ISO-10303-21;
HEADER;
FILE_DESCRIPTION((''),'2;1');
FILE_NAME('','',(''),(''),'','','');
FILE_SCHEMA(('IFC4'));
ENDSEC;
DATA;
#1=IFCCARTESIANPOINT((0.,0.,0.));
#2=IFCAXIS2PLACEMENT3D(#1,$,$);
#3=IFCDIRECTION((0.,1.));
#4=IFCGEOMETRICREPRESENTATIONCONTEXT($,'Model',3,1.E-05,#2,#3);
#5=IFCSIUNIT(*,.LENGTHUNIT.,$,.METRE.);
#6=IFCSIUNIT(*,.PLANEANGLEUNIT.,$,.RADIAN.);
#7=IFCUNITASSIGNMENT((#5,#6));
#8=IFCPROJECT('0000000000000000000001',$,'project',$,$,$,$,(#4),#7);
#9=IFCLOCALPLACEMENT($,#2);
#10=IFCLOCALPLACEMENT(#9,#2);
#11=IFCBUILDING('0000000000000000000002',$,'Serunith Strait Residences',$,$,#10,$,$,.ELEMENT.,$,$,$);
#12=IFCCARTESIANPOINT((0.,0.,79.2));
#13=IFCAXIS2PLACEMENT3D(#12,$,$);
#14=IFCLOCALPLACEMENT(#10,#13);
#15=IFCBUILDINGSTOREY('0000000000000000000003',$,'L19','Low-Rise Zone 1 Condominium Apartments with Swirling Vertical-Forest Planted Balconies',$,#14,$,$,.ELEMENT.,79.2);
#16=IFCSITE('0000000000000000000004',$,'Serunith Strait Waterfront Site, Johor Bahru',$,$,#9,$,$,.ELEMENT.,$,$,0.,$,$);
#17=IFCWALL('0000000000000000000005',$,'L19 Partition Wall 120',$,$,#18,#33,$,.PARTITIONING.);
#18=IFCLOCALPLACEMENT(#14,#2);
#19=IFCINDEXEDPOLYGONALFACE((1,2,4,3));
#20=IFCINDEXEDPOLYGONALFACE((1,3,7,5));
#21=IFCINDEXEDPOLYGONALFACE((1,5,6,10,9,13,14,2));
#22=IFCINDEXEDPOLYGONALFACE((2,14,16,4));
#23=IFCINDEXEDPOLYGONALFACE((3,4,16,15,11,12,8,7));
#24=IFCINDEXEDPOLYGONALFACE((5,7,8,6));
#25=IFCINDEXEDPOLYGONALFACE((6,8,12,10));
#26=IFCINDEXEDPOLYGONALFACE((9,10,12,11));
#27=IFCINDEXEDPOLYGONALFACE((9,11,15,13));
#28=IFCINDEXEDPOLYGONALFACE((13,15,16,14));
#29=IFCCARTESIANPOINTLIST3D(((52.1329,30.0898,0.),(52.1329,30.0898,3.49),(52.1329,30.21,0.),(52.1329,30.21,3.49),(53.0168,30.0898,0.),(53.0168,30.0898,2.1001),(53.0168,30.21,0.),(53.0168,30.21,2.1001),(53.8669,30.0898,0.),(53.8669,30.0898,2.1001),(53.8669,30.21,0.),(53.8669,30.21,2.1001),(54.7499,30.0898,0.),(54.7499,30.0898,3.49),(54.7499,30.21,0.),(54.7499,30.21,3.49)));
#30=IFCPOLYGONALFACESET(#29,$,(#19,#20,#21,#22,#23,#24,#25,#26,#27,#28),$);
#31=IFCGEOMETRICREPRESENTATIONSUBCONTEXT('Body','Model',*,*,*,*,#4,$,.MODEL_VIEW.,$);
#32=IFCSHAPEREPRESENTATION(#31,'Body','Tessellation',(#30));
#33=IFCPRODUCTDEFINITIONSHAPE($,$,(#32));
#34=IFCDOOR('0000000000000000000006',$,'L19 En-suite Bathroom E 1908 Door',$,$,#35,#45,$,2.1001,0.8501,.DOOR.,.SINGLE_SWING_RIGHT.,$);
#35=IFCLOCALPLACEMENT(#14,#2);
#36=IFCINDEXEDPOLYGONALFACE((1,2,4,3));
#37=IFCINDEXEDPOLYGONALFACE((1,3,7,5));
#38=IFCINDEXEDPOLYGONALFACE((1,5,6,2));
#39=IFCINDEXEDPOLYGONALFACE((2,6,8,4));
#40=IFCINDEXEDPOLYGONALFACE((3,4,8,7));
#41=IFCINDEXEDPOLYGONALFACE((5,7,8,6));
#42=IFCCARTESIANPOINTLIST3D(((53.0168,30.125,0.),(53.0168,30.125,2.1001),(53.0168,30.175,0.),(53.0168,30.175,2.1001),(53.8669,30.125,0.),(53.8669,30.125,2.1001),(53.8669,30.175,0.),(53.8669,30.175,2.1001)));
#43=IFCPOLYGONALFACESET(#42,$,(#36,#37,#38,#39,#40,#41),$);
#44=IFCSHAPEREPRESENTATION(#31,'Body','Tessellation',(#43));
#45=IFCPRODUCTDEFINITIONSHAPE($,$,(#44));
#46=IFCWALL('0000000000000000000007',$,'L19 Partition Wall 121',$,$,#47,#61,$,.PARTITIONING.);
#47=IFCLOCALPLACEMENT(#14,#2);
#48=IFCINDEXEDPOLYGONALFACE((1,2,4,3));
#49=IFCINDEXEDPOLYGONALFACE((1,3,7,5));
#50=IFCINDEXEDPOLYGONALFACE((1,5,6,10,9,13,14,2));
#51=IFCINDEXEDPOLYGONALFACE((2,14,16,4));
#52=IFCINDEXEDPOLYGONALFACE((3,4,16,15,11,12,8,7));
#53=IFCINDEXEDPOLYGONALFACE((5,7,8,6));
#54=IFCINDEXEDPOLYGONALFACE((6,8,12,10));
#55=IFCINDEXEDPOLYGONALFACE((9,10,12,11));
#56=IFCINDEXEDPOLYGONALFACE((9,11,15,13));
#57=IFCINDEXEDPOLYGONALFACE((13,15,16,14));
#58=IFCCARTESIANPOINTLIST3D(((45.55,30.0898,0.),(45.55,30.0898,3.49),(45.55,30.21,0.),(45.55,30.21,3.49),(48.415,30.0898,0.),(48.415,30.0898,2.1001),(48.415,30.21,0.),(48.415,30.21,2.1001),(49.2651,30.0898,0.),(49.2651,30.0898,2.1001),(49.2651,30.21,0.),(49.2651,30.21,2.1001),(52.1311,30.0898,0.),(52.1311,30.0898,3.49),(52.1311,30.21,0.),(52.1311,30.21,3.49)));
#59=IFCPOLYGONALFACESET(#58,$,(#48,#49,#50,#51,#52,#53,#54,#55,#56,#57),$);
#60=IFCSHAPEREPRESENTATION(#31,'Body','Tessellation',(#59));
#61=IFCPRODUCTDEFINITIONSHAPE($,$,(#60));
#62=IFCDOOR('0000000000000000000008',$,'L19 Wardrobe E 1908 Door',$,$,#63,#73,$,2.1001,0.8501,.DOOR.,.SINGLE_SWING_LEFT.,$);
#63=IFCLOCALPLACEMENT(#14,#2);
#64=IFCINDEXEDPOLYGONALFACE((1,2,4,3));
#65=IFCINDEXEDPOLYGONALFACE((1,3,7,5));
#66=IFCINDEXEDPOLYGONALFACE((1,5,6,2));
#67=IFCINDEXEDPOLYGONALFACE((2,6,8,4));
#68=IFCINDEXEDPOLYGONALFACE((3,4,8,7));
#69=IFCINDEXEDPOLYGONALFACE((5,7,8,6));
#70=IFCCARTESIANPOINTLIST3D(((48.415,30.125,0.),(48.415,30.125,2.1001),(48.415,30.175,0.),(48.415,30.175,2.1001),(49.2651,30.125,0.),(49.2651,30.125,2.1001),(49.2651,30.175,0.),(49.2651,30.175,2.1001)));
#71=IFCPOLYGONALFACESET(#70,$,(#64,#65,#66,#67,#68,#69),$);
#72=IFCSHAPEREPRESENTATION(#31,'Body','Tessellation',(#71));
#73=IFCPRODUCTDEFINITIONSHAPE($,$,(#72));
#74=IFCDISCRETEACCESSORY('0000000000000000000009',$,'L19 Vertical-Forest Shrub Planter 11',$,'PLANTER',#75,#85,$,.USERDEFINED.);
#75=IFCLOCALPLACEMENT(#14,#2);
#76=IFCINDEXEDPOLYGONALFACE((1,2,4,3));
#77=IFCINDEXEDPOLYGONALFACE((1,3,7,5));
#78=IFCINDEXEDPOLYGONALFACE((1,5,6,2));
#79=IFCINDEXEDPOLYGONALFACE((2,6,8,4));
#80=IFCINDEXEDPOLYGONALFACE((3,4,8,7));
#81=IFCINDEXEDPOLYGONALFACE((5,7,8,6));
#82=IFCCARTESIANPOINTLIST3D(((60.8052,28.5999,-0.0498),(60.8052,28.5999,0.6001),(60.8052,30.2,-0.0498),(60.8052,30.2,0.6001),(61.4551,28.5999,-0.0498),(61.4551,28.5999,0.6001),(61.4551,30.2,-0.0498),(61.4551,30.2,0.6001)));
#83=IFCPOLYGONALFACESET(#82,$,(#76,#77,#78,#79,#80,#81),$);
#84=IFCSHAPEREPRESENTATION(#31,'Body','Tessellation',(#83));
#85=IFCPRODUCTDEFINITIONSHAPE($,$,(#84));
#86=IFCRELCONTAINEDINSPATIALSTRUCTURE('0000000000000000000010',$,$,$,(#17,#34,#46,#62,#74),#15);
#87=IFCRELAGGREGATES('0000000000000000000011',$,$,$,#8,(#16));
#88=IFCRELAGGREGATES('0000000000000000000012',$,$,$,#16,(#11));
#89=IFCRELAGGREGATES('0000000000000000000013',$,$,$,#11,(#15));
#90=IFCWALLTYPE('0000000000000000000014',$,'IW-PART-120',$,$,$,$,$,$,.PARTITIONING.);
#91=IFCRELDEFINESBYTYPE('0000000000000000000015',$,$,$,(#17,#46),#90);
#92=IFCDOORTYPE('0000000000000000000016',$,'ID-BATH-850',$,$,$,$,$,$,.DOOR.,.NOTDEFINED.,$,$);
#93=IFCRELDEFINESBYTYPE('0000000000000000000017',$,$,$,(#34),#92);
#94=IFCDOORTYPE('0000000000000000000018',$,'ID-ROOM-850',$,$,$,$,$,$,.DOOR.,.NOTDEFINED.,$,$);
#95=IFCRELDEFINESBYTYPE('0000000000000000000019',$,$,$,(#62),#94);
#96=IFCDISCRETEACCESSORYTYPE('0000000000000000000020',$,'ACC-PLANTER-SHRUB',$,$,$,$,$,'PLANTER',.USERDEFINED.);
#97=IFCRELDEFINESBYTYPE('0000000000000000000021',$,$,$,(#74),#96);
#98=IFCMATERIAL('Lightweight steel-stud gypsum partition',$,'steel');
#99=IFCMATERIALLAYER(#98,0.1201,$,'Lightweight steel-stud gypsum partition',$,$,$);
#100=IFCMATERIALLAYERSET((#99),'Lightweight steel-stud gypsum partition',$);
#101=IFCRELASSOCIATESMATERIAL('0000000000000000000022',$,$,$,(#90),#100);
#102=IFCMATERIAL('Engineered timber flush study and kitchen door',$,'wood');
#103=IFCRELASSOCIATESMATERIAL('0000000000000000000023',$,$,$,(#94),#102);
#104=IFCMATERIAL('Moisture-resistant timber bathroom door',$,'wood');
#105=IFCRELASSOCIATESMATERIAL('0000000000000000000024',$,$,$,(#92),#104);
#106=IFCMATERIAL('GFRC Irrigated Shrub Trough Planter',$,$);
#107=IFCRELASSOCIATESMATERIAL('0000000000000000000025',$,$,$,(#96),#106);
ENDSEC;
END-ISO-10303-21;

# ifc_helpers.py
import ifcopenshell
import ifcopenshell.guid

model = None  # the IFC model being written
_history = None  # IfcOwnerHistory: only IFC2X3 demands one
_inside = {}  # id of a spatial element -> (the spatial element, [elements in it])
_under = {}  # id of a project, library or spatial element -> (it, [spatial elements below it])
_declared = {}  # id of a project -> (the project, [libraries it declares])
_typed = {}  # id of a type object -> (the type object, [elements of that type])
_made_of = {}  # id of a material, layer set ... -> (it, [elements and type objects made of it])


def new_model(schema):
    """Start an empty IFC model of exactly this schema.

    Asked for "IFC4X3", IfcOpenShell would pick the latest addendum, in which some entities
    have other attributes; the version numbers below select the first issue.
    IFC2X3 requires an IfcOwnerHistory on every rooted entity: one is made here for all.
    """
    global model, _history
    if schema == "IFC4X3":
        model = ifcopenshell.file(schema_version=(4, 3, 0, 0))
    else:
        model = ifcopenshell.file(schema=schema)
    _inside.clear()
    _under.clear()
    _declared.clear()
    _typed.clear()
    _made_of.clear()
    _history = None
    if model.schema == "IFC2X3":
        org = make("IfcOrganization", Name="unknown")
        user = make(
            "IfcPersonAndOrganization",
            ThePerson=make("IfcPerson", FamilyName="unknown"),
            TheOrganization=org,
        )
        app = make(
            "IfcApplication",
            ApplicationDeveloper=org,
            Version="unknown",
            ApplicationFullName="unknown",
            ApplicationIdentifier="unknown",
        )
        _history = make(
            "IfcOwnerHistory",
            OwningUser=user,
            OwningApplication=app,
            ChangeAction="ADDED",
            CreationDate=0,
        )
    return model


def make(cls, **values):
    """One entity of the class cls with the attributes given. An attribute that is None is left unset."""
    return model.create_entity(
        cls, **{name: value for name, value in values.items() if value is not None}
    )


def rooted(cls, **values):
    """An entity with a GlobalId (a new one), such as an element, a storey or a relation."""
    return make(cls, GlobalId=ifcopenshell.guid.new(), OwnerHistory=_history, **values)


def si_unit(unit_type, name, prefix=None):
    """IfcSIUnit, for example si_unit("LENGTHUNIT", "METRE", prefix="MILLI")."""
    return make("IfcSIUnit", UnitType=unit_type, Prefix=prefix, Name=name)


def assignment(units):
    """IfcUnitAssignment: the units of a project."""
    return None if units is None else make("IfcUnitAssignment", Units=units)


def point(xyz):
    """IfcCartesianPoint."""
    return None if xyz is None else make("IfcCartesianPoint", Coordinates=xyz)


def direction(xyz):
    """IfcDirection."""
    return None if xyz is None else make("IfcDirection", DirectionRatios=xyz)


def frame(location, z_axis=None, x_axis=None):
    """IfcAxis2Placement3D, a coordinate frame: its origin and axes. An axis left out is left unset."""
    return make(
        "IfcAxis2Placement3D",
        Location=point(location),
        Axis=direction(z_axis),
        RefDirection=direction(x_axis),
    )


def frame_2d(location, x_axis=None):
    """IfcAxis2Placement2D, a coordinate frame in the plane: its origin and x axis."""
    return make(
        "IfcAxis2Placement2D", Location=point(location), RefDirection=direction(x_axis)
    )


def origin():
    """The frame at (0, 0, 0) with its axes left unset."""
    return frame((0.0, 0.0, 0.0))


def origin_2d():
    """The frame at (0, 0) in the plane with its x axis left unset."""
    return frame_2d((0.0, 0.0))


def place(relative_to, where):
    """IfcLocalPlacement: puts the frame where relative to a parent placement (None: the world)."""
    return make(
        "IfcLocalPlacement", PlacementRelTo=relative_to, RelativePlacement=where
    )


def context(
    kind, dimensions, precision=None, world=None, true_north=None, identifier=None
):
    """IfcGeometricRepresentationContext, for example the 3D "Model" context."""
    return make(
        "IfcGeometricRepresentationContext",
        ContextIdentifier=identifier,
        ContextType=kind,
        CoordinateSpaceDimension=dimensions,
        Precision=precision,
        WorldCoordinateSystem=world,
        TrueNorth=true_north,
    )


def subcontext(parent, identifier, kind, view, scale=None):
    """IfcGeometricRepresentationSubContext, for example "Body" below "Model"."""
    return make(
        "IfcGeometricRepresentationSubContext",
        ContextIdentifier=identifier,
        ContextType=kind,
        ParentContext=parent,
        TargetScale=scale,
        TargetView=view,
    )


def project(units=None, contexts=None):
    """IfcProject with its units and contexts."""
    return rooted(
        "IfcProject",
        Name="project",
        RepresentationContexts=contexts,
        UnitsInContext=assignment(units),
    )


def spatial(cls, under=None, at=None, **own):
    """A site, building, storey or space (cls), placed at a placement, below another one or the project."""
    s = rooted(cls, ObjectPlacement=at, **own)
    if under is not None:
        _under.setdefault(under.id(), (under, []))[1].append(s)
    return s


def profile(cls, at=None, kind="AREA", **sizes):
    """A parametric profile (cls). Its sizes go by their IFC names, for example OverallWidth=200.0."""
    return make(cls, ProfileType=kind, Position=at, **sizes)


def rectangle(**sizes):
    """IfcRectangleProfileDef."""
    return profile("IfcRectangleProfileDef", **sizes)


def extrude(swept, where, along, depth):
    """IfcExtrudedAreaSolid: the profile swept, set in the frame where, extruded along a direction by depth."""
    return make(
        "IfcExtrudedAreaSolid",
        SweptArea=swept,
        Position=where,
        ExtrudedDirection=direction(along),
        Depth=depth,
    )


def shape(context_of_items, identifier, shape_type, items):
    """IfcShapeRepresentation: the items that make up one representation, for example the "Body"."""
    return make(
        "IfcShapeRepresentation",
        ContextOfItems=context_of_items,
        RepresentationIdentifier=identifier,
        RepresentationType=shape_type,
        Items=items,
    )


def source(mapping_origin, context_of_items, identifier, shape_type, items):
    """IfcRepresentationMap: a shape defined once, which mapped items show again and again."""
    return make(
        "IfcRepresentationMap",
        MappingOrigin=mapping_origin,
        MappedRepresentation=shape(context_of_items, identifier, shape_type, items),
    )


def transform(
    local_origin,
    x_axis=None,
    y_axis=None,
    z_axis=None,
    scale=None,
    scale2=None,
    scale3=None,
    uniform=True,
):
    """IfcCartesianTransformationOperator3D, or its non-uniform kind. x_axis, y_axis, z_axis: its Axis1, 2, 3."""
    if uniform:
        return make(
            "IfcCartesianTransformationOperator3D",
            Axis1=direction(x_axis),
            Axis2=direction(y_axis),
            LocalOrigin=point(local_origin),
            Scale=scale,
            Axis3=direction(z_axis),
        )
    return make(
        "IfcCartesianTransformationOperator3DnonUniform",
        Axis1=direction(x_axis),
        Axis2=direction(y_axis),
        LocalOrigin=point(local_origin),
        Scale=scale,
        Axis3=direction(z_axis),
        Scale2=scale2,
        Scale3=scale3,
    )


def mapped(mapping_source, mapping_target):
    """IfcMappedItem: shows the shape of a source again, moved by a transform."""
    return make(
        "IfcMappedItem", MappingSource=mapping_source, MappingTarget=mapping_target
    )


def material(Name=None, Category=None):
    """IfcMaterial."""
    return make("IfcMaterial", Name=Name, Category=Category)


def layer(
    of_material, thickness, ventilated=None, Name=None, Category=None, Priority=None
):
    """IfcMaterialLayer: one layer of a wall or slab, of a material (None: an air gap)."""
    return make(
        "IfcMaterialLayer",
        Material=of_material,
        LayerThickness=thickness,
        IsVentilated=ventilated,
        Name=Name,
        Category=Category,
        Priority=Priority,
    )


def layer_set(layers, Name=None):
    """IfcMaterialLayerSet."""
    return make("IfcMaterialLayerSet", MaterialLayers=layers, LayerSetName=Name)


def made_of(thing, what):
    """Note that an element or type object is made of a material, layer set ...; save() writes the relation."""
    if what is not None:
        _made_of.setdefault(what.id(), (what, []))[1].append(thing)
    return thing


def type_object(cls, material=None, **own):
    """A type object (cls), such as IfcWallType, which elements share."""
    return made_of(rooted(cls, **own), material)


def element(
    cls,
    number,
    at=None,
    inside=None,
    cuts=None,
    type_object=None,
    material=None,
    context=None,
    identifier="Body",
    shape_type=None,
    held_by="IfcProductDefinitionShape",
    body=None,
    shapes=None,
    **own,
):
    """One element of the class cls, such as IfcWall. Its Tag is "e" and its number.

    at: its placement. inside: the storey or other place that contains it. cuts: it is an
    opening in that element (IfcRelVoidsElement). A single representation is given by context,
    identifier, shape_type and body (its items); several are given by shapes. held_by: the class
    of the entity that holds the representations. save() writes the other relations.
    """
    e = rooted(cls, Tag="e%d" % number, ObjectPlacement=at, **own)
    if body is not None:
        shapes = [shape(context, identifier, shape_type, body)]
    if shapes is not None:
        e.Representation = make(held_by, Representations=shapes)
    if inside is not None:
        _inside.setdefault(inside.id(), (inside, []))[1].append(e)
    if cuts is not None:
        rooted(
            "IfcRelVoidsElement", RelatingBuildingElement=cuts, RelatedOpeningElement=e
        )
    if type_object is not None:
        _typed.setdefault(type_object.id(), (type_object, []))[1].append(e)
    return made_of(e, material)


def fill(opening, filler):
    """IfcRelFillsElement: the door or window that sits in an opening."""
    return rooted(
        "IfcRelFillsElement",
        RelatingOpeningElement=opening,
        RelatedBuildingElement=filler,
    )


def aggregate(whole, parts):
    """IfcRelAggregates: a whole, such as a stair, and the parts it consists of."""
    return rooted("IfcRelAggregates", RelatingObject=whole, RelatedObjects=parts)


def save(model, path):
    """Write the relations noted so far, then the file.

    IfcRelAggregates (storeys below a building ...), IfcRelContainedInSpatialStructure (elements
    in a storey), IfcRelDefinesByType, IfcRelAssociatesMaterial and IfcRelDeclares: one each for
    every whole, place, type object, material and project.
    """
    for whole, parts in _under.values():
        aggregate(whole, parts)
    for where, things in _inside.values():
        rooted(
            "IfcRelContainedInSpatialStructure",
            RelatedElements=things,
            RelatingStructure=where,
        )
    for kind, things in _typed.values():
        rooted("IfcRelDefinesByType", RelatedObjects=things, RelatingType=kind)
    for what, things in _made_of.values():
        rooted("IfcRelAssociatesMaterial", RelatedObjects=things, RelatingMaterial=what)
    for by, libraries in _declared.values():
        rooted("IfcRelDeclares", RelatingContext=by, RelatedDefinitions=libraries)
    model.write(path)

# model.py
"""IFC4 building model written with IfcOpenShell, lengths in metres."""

from ifc_helpers import new_model, si_unit, direction, frame, frame_2d, origin, origin_2d, place, context, subcontext, project, spatial, rectangle, extrude, source, transform, mapped, material, layer, layer_set, type_object, element, fill, save


model = new_model("IFC4")

# Units and contexts
model_context = context("Model", 3, precision=1e-05, world=origin(), true_north=direction((0.0, 1.0)))
body_context = subcontext(model_context, "Body", "Model", "MODEL_VIEW")
ifc_project = project(units=[si_unit("LENGTHUNIT", "METRE"), si_unit("PLANEANGLEUNIT", "RADIAN")], contexts=[model_context])

# Site, building, storey
site_placement = place(None, origin())
site = spatial("IfcSite", under=ifc_project, at=site_placement, Name="Serunith Strait Waterfront Site, Johor Bahru", CompositionType="ELEMENT", RefElevation=0.0)
building_placement = place(site_placement, origin())
building = spatial("IfcBuilding", under=site, at=building_placement, Name="Serunith Strait Residences", CompositionType="ELEMENT")
storey_placement = place(building_placement, frame((0.0, 0.0, 79.2)))
storey = spatial("IfcBuildingStorey", under=building, at=storey_placement, Name="L19", Description="Low-Rise Zone 1 Condominium Apartments with Swirling Vertical-Forest Planted Balconies", CompositionType="ELEMENT", Elevation=79.2)

# Shared definitions
ifc_material_1 = material(Name="Lightweight steel-stud gypsum partition", Category="steel")
ifc_layer_1 = layer(ifc_material_1, 0.1201, Name="Lightweight steel-stud gypsum partition")
ifc_layer_set_1 = layer_set([ifc_layer_1], Name="Lightweight steel-stud gypsum partition")
wall_type = type_object("IfcWallType", Name="IW-PART-120", PredefinedType="PARTITIONING", material=ifc_layer_set_1)
ifc_material_2 = material(Name="Engineered timber flush study and kitchen door", Category="wood")
door_type_1 = type_object("IfcDoorType", Name="ID-ROOM-850", OperationType="NOTDEFINED", PredefinedType="DOOR", material=ifc_material_2)
shared_shape_1 = source(origin(), body_context, "Body", "SweptSolid", [
    extrude(rectangle(XDim=0.8501, YDim=2.1001, at=frame_2d((0.425, 1.05))), frame((0.0, 0.0249, 0.0), z_axis=(0.0, -1.0, 0.0), x_axis=(1.0, 0.0, 0.0)), (0.0, 0.0, 1.0), 0.05),
])

# Walls, openings, doors
wall_1_placement = place(storey_placement, frame((54.75, 30.1499, 0.0), z_axis=(0.0, 0.0, 1.0), x_axis=(-1.0, 0.0, 0.0)))
wall_1 = element("IfcWall", 1, at=wall_1_placement, inside=storey, type_object=wall_type, Name="L19 Partition Wall 120", PredefinedType="PARTITIONING", context=body_context, shape_type="SweptSolid", body=[
    extrude(rectangle(XDim=2.6169, YDim=0.1201, at=frame_2d((1.3086, 0.0))), origin(), (0.0, 0.0, 1.0), 3.49),
])
opening_1_placement = place(wall_1_placement, frame((0.8831, 0.0, 0.0)))
opening_1 = element("IfcOpeningElement", 2, at=opening_1_placement, cuts=wall_1, PredefinedType="OPENING", context=body_context, shape_type="SweptSolid", body=[
    extrude(rectangle(XDim=0.8501, YDim=2.1001, at=frame_2d((0.425, 1.05))), frame((0.0, 0.0701, 0.0), z_axis=(0.0, -1.0, 0.0), x_axis=(1.0, 0.0, 0.0)), (0.0, 0.0, 1.0), 0.1401),
])
ifc_material_3 = material(Name="Moisture-resistant timber bathroom door", Category="wood")
door_type_2 = type_object("IfcDoorType", Name="ID-BATH-850", OperationType="NOTDEFINED", PredefinedType="DOOR", material=ifc_material_3)
door_1_placement = place(opening_1_placement, origin())
door_1 = element("IfcDoor", 3, at=door_1_placement, inside=storey, type_object=door_type_2, Name="L19 En-suite Bathroom E 1908 Door", OperationType="SINGLE_SWING_RIGHT", OverallHeight=2.1001, OverallWidth=0.8501, PredefinedType="DOOR", context=body_context, shape_type="MappedRepresentation", body=[
    mapped(shared_shape_1, transform((0.0, 0.0, 0.0), scale=1.0)),
])
fill(opening_1, door_1)
wall_2_placement = place(storey_placement, frame((52.1311, 30.1499, 0.0), z_axis=(0.0, 0.0, 1.0), x_axis=(-1.0, 0.0, 0.0)))
wall_2 = element("IfcWall", 4, at=wall_2_placement, inside=storey, type_object=wall_type, Name="L19 Partition Wall 121", PredefinedType="PARTITIONING", context=body_context, shape_type="SweptSolid", body=[
    extrude(rectangle(XDim=6.5811, YDim=0.1201, at=frame_2d((3.2905, 0.0))), origin(), (0.0, 0.0, 1.0), 3.49),
])
opening_2_placement = place(wall_2_placement, frame((2.866, 0.0, 0.0)))
opening_2 = element("IfcOpeningElement", 5, at=opening_2_placement, cuts=wall_2, PredefinedType="OPENING", context=body_context, shape_type="SweptSolid", body=[
    extrude(rectangle(XDim=0.8501, YDim=2.1001, at=frame_2d((0.425, 1.05))), frame((0.0, 0.0701, 0.0), z_axis=(0.0, -1.0, 0.0), x_axis=(1.0, 0.0, 0.0)), (0.0, 0.0, 1.0), 0.1401),
])
door_2_placement = place(opening_2_placement, origin())
door_2 = element("IfcDoor", 6, at=door_2_placement, inside=storey, type_object=door_type_1, Name="L19 Wardrobe E 1908 Door", OperationType="SINGLE_SWING_LEFT", OverallHeight=2.1001, OverallWidth=0.8501, PredefinedType="DOOR", context=body_context, shape_type="MappedRepresentation", body=[
    mapped(shared_shape_1, transform((0.0, 0.0, 0.0), scale=1.0)),
])
fill(opening_2, door_2)

# Discrete accessory
ifc_material_4 = material(Name="GFRC Irrigated Shrub Trough Planter")
discrete_accessory_type = type_object("IfcDiscreteAccessoryType", Name="ACC-PLANTER-SHRUB", ElementType="PLANTER", PredefinedType="USERDEFINED", material=ifc_material_4)
shared_shape_2 = source(origin(), body_context, "Body", "SweptSolid", [
    extrude(rectangle(XDim=1.6001, YDim=0.6499, at=origin_2d()), origin(), (0.0, 0.0, 1.0), 0.6499),
])
discrete_accessory_placement = place(storey_placement, frame((61.1301, 29.3999, -0.0498), z_axis=(0.0, 0.0, 1.0), x_axis=(0.0, 1.0, 0.0)))
element("IfcDiscreteAccessory", 7, at=discrete_accessory_placement, inside=storey, type_object=discrete_accessory_type, Name="L19 Vertical-Forest Shrub Planter 11", ObjectType="PLANTER", PredefinedType="USERDEFINED", context=body_context, shape_type="MappedRepresentation", body=[
    mapped(shared_shape_2, transform((0.0, 0.0, 0.0), scale=1.0)),
])

save(model, "model.ifc")
